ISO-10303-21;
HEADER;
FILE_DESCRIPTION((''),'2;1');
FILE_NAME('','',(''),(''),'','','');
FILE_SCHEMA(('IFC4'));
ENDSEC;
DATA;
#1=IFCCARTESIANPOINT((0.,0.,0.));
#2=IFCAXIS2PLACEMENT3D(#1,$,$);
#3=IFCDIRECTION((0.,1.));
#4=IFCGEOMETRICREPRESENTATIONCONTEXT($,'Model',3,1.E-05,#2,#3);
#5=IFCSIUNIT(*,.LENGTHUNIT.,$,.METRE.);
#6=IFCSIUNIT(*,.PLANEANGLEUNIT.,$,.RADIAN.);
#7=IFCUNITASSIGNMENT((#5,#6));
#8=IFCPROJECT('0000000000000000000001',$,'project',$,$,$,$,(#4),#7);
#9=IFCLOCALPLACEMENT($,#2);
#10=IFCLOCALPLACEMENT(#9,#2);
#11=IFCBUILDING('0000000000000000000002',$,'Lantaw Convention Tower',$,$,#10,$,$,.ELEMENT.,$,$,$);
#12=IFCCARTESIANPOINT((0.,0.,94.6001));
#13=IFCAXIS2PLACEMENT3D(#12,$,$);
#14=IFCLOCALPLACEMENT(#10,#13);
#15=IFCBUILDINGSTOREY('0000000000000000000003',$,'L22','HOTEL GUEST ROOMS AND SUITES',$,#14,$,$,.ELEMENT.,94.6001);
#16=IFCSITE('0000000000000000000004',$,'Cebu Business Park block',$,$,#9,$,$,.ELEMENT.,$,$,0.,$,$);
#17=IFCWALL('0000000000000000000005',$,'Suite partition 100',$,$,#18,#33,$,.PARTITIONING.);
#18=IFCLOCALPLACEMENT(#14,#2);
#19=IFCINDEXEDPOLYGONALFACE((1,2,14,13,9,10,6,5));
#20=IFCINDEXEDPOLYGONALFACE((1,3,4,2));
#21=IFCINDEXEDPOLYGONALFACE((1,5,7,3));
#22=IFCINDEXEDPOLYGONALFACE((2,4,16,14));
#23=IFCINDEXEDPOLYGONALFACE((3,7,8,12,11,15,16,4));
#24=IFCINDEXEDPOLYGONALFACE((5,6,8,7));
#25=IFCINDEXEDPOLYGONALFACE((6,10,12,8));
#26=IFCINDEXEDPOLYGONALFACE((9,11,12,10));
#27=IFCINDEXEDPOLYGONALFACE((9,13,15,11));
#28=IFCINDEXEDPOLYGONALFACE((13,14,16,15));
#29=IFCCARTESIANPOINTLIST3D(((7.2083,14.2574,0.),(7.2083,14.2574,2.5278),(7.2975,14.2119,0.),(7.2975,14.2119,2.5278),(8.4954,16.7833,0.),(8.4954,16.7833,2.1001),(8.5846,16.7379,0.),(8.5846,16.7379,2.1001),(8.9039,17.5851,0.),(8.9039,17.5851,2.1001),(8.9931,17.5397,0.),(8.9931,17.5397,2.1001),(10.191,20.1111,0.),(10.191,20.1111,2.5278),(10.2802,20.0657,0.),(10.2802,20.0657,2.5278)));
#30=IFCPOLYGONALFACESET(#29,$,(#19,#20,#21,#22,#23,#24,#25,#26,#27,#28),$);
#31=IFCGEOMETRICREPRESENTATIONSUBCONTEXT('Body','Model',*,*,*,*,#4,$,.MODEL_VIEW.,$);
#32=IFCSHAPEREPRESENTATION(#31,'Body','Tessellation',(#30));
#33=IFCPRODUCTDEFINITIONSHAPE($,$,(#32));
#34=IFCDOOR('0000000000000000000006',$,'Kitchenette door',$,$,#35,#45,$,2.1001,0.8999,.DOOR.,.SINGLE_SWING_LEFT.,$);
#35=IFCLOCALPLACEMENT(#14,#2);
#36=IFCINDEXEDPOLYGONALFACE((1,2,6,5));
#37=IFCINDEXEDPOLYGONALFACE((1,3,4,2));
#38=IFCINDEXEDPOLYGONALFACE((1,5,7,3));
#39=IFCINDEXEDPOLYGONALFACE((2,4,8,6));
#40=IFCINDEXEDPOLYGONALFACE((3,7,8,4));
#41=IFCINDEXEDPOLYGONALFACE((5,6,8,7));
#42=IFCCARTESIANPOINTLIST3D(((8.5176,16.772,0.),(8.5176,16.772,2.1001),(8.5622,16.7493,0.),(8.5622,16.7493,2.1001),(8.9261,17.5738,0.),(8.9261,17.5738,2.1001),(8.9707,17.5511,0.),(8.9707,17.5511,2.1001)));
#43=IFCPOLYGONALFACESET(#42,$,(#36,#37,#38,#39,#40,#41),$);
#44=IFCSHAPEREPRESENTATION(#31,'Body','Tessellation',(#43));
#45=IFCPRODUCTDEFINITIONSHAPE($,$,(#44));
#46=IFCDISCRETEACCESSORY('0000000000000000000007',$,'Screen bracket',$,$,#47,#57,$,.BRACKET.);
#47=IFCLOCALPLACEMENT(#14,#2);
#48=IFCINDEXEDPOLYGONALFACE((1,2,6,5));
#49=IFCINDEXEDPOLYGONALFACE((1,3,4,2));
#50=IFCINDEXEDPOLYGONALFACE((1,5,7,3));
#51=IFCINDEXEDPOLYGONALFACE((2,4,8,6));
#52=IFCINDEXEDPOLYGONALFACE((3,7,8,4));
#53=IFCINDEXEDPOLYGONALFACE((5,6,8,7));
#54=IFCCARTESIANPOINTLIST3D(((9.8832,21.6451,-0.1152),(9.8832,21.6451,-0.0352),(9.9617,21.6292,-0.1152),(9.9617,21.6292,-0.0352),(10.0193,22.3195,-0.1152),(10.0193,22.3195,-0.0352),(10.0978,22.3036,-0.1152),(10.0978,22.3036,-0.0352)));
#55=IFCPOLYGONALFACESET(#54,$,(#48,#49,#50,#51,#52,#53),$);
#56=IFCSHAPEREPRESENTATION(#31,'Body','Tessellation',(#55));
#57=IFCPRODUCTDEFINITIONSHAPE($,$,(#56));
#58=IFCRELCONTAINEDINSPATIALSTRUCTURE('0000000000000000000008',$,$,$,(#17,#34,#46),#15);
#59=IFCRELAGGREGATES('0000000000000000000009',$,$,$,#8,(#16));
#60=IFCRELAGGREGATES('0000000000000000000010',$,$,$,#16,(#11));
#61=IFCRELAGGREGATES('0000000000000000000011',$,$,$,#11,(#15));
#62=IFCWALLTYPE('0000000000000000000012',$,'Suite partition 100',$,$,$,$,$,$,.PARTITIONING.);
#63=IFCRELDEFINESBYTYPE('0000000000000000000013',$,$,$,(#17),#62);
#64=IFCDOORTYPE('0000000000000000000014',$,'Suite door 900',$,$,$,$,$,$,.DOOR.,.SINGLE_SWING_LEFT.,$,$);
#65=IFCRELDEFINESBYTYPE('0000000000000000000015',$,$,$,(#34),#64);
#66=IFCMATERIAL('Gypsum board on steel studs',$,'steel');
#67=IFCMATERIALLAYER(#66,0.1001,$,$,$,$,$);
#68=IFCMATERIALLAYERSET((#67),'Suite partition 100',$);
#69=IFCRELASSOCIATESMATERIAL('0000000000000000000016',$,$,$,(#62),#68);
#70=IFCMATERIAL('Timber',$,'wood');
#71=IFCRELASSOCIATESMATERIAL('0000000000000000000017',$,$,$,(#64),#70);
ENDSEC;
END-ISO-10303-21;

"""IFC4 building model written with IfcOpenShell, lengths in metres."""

from ifc_helpers import new_model, si_unit, direction, frame, frame_2d, origin, origin_2d, place, context, subcontext, project, spatial, rectangle, extrude, material, layer, layer_set, type_object, element, fill, save


model = new_model("IFC4")

# Units and contexts
model_context = context("Model", 3, precision=1e-05, world=origin(), true_north=direction((0.0, 1.0)))
body_context = subcontext(model_context, "Body", "Model", "MODEL_VIEW")
ifc_project = project(units=[si_unit("LENGTHUNIT", "METRE"), si_unit("PLANEANGLEUNIT", "RADIAN")], contexts=[model_context])

# Site, building, storey
site_placement = place(None, origin())
site = spatial("IfcSite", under=ifc_project, at=site_placement, Name="Cebu Business Park block", CompositionType="ELEMENT", RefElevation=0.0)
building_placement = place(site_placement, origin())
building = spatial("IfcBuilding", under=site, at=building_placement, Name="Lantaw Convention Tower", CompositionType="ELEMENT")
storey_placement = place(building_placement, frame((0.0, 0.0, 94.6001)))
storey = spatial("IfcBuildingStorey", under=building, at=storey_placement, Name="L22", Description="HOTEL GUEST ROOMS AND SUITES", CompositionType="ELEMENT", Elevation=94.6001)

# Wall, opening, door
ifc_material_1 = material(Name="Gypsum board on steel studs", Category="steel")
ifc_layer_1 = layer(ifc_material_1, 0.1001)
ifc_layer_set_1 = layer_set([ifc_layer_1], Name="Suite partition 100")
wall_type_1 = type_object("IfcWallType", Name="Suite partition 100", PredefinedType="PARTITIONING", material=ifc_layer_set_1)
wall_1_placement = place(storey_placement, frame((10.2356, 20.0884, 0.0), z_axis=(0.0, 0.0, 1.0), x_axis=(-0.453994, -0.891005, 0.0)))
wall_1 = element("IfcWall", 1, at=wall_1_placement, inside=storey, type_object=wall_type_1, Name="Suite partition 100", PredefinedType="PARTITIONING", context=body_context, shape_type="SweptSolid", body=[
    extrude(rectangle(XDim=6.5698, YDim=0.1001, at=frame_2d((3.2849, 0.0))), origin(), (0.0, 0.0, 1.0), 2.5278),
])
opening_1_placement = place(wall_1_placement, frame((2.835, 0.0, 0.0)))
opening_1 = element("IfcOpeningElement", 2, at=opening_1_placement, cuts=wall_1, PredefinedType="OPENING", context=body_context, shape_type="SweptSolid", body=[
    extrude(rectangle(XDim=0.8999, YDim=2.1001, at=frame_2d((0.45, 1.05))), frame((0.0, 0.0601, 0.0), z_axis=(0.0, -1.0, 0.0), x_axis=(1.0, 0.0, 0.0)), (0.0, 0.0, 1.0), 0.1201),
])
ifc_material_2 = material(Name="Timber", Category="wood")
door_type_1 = type_object("IfcDoorType", Name="Suite door 900", OperationType="SINGLE_SWING_LEFT", PredefinedType="DOOR", material=ifc_material_2)
door_1_placement = place(opening_1_placement, origin())
door_1 = element("IfcDoor", 3, at=door_1_placement, inside=storey, type_object=door_type_1, Name="Kitchenette door", OperationType="SINGLE_SWING_LEFT", OverallHeight=2.1001, OverallWidth=0.8999, PredefinedType="DOOR", context=body_context, shape_type="SweptSolid", body=[
    extrude(rectangle(XDim=0.8999, YDim=2.1001, at=frame_2d((0.45, 1.05))), frame((0.0, 0.0249, 0.0), z_axis=(0.0, -1.0, 0.0), x_axis=(1.0, 0.0, 0.0)), (0.0, 0.0, 1.0), 0.05),
])
fill(opening_1, door_1)

# Discrete accessory
discrete_accessory_placement = place(storey_placement, frame((9.9905, 21.9744, -0.1152), z_axis=(0.0, 0.0, 1.0), x_axis=(-0.980245, 0.197789, 0.0)))
element("IfcDiscreteAccessory", 4, at=discrete_accessory_placement, inside=storey, Name="Screen bracket", PredefinedType="BRACKET", context=body_context, shape_type="SweptSolid", body=[
    extrude(rectangle(XDim=0.0801, YDim=0.688, at=origin_2d()), origin(), (0.0, 0.0, 1.0), 0.0801),
])

save(model, "model.ifc")
